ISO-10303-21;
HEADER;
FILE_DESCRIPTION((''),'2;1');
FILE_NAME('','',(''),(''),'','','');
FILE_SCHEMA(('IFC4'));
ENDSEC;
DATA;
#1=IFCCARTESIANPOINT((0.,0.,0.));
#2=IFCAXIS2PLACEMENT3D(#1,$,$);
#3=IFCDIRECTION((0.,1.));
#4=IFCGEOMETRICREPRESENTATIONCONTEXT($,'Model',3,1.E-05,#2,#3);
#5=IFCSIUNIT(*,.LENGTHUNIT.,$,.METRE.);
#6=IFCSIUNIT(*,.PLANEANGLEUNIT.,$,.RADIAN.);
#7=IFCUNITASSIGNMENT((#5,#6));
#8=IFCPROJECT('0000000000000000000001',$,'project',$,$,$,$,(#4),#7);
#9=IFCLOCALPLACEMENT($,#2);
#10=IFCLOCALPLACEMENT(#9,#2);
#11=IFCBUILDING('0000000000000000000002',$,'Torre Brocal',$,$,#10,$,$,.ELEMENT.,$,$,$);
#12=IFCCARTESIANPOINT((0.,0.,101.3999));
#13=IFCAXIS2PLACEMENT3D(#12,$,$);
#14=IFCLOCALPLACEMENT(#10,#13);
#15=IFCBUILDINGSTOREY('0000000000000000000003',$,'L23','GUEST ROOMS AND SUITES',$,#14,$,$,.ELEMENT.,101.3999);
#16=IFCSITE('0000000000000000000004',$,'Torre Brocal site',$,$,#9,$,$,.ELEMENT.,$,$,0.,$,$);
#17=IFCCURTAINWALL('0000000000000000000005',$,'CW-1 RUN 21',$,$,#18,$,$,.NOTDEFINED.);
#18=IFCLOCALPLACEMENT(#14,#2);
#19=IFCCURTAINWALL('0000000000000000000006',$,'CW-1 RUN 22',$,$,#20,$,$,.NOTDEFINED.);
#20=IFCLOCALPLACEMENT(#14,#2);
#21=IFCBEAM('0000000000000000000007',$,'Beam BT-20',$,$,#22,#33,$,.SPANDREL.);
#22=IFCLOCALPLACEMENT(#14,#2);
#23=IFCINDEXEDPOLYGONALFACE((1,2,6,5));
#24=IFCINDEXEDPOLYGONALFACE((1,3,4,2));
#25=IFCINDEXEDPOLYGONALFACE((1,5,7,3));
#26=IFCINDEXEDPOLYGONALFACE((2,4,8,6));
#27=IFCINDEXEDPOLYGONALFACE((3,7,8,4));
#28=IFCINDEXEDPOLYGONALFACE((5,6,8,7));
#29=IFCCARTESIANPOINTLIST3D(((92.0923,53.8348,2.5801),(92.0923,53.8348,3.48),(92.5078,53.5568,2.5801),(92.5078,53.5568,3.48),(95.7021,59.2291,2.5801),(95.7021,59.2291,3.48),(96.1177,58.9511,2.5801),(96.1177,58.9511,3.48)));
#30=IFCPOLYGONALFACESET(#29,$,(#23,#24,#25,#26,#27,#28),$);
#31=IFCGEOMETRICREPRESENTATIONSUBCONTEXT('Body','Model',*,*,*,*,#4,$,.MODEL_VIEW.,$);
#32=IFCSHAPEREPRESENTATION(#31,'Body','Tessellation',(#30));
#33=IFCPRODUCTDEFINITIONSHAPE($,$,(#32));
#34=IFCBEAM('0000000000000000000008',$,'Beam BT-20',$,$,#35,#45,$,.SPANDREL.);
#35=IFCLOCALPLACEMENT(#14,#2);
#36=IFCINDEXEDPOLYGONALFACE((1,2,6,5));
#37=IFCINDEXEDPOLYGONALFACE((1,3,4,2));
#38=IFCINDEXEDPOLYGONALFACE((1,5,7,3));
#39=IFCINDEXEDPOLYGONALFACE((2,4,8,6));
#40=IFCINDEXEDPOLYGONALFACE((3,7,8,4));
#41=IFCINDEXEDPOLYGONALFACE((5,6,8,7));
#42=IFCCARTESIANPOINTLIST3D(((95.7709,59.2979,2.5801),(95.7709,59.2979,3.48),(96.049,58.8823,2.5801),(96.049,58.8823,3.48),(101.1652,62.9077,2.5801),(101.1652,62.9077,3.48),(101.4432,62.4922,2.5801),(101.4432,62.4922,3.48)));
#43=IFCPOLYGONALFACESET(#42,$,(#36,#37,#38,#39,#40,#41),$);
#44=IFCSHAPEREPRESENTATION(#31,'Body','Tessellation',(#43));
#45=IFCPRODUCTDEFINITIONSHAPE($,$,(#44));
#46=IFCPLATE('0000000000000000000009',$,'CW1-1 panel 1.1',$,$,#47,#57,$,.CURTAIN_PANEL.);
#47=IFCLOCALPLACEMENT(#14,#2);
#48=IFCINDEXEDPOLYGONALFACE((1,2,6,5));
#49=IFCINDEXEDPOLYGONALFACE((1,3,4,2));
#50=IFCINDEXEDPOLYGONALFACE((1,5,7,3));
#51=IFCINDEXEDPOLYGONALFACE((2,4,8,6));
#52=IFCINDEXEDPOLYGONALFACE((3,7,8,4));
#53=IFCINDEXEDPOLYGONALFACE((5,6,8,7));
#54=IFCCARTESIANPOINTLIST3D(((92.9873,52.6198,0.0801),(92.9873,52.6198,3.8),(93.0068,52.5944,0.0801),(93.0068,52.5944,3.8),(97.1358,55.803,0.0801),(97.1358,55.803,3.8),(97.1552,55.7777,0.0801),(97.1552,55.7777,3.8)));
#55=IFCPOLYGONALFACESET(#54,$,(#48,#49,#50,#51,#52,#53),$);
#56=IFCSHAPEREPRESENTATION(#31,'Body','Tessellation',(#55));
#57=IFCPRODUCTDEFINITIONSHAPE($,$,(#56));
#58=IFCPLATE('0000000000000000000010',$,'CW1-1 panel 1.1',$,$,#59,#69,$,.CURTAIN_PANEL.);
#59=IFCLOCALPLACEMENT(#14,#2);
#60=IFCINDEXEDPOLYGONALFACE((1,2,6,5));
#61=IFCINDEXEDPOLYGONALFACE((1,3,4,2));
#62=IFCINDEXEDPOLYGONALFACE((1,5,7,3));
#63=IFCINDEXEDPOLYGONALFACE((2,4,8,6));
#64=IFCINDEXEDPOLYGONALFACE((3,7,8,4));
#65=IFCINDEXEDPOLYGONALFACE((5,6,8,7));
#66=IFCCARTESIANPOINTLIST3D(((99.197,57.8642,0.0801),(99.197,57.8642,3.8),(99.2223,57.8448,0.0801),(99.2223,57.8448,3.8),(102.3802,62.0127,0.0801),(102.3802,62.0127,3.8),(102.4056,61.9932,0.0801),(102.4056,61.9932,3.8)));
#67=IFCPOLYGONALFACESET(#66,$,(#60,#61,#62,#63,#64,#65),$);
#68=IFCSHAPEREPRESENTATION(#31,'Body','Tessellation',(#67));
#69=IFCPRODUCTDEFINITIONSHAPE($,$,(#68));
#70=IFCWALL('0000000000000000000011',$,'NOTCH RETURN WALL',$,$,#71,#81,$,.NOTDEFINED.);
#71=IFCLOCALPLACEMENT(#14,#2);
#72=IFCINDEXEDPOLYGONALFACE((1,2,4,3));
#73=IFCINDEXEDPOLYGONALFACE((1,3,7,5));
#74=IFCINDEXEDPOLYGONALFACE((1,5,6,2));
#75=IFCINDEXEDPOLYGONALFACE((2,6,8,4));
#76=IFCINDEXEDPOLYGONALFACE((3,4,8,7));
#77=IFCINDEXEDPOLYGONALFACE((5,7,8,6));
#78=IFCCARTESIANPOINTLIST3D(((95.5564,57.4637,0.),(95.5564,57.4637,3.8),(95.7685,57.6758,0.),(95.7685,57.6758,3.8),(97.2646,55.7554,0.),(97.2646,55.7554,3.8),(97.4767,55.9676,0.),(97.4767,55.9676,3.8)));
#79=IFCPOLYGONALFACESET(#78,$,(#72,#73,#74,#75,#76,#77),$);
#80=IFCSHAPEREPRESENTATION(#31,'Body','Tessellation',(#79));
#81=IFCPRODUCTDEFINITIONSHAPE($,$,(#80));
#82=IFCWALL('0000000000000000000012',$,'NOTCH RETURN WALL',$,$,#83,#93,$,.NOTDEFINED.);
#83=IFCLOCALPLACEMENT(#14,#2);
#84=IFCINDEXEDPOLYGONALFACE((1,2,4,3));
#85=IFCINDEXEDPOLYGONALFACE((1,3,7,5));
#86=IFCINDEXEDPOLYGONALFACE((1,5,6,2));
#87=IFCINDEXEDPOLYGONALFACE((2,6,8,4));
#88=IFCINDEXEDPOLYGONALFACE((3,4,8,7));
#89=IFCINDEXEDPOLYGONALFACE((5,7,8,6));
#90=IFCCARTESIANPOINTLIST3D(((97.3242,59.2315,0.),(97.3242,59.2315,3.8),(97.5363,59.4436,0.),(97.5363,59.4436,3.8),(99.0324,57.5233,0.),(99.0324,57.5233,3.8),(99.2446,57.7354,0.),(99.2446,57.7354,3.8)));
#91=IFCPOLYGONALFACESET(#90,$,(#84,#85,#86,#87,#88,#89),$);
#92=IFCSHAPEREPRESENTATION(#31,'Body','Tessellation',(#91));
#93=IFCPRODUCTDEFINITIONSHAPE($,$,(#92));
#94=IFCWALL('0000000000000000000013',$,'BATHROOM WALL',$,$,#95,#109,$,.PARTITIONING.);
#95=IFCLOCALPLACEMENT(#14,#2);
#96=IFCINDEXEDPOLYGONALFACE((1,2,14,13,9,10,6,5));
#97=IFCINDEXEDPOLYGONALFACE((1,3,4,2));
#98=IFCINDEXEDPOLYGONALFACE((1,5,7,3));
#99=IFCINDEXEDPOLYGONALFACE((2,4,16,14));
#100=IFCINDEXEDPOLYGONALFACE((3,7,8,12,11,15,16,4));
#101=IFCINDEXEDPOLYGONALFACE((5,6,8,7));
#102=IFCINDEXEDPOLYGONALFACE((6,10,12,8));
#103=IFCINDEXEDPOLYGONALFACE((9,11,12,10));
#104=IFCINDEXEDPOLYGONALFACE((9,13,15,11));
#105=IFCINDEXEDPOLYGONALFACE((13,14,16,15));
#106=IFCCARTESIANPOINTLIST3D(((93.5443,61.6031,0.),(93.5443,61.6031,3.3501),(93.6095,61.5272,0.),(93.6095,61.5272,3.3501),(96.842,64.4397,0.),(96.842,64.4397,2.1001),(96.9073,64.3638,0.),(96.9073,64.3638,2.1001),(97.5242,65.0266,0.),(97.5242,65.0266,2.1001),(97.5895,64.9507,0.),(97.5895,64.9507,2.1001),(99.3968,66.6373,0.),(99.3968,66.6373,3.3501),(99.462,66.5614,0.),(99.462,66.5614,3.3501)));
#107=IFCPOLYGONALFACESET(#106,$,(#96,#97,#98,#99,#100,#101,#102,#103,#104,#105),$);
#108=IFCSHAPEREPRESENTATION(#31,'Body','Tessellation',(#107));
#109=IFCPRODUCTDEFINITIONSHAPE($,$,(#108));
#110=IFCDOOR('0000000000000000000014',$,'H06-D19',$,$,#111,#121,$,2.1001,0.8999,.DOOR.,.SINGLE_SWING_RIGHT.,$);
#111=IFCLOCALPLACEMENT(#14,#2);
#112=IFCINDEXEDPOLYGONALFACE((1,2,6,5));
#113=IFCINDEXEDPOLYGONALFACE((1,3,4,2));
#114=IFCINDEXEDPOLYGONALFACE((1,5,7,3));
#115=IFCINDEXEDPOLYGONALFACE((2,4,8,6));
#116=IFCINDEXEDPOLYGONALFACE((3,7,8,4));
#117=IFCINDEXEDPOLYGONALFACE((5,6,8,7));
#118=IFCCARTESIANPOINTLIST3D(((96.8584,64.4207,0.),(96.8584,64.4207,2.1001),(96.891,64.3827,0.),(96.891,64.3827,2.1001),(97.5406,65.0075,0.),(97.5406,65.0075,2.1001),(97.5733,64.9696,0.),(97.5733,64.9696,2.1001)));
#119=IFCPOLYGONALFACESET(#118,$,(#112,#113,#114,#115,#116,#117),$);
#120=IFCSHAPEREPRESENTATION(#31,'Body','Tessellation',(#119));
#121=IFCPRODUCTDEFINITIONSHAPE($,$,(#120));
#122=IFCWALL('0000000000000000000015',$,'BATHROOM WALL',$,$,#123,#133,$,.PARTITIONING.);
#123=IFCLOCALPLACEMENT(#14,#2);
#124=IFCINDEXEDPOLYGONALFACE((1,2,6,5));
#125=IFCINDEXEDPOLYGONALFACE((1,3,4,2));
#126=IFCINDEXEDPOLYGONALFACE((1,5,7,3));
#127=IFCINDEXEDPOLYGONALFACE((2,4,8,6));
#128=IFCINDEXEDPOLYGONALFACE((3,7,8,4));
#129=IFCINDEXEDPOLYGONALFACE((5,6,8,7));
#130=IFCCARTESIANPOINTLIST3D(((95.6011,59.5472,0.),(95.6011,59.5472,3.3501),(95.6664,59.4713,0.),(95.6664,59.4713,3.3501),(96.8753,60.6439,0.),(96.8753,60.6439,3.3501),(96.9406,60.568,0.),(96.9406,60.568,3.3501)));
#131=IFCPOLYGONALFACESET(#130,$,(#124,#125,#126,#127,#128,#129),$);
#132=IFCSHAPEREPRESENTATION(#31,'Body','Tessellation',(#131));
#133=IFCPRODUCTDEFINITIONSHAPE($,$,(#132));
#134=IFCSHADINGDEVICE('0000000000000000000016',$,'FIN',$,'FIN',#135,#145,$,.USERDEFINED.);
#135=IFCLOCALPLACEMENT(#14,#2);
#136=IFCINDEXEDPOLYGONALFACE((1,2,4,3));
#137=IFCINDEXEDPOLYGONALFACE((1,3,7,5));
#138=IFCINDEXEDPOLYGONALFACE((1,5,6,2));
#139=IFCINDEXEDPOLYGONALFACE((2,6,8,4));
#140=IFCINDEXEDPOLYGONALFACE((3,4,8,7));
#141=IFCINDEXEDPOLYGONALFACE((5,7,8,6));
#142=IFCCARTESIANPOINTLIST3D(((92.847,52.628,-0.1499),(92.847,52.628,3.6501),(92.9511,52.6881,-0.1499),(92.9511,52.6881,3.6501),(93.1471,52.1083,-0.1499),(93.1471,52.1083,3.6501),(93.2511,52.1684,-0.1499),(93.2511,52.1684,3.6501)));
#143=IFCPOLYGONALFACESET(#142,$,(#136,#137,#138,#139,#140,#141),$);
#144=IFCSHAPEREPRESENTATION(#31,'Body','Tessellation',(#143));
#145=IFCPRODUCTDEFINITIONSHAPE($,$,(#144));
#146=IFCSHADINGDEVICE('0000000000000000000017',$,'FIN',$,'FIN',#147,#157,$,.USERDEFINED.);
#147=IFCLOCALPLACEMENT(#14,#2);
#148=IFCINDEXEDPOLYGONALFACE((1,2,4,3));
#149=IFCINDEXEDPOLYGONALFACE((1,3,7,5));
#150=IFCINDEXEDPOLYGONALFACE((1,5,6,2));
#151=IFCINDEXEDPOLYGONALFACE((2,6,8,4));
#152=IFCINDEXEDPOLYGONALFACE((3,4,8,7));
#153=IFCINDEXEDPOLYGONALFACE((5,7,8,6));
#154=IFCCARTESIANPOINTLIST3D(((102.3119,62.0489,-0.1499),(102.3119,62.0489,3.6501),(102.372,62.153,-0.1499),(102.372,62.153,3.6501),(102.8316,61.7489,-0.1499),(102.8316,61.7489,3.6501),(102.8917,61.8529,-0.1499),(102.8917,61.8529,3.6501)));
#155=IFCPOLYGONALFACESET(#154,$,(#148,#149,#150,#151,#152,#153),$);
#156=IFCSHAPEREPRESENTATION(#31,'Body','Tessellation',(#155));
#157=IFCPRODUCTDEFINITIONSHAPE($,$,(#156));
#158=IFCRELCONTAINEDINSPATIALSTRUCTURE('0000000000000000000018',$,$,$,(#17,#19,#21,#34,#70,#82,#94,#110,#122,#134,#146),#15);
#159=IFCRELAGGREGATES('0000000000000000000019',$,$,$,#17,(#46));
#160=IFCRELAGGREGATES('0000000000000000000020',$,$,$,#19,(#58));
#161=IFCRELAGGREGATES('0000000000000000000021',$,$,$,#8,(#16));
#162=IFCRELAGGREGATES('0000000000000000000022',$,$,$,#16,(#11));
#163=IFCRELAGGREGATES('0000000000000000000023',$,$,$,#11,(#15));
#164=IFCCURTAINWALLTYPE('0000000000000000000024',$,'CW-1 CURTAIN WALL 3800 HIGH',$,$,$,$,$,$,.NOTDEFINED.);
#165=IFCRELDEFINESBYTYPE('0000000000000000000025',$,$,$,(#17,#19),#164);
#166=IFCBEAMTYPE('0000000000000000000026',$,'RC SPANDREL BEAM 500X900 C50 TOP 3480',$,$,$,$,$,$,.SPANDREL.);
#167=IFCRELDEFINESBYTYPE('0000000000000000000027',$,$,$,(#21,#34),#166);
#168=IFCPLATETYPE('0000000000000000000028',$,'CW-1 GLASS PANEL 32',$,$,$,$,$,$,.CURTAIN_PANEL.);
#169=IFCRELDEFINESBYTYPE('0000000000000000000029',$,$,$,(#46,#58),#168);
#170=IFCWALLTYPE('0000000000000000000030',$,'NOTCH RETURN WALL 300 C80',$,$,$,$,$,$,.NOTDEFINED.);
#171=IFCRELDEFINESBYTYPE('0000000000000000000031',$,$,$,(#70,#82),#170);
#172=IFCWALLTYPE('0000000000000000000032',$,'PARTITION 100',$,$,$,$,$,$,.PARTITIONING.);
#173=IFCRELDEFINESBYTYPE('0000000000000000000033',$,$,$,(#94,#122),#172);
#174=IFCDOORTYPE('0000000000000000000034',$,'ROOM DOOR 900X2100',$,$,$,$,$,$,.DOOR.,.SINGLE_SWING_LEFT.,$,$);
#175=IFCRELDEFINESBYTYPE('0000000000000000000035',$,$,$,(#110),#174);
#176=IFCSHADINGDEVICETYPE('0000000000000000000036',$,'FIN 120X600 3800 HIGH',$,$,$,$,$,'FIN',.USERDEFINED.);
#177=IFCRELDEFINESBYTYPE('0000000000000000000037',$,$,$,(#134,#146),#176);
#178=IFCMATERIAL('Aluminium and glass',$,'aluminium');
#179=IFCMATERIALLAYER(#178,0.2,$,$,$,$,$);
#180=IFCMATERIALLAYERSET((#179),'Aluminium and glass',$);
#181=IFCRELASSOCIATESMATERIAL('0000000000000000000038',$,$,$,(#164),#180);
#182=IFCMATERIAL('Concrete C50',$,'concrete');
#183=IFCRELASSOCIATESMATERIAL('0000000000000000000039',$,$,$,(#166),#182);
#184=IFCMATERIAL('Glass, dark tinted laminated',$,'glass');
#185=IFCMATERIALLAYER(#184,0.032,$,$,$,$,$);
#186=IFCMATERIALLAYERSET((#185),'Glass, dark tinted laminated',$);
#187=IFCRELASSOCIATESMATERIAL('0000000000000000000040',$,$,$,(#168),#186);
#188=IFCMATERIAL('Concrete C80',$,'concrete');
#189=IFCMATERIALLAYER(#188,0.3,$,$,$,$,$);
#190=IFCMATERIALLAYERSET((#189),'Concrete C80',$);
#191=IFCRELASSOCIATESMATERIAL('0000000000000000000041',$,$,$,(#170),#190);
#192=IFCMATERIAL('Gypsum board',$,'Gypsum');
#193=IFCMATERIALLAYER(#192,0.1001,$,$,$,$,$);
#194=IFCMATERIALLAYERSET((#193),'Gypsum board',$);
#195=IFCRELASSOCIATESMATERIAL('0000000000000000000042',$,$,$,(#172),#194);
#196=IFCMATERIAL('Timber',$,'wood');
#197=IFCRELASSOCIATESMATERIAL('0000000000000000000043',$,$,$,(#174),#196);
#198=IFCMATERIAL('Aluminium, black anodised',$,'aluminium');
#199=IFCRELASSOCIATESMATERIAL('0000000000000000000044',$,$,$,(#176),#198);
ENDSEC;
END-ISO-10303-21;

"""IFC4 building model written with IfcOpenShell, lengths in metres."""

from ifc_helpers import new_model, si_unit, direction, frame, frame_2d, origin, origin_2d, place, context, subcontext, project, spatial, rectangle, extrude, material, layer, layer_set, material_profile, profile_set, type_object, element, fill, aggregate, save


model = new_model("IFC4")

# Units and contexts
model_context = context("Model", 3, precision=1e-05, world=origin(), true_north=direction((0.0, 1.0)))
body_context = subcontext(model_context, "Body", "Model", "MODEL_VIEW")
ifc_project = project(units=[si_unit("LENGTHUNIT", "METRE"), si_unit("PLANEANGLEUNIT", "RADIAN")], contexts=[model_context])

# Site, building, storey
site_placement = place(None, origin())
site = spatial("IfcSite", under=ifc_project, at=site_placement, Name="Torre Brocal site", CompositionType="ELEMENT", RefElevation=0.0)
building_placement = place(site_placement, origin())
building = spatial("IfcBuilding", under=site, at=building_placement, Name="Torre Brocal", CompositionType="ELEMENT")
storey_placement = place(building_placement, frame((0.0, 0.0, 101.3999)))
storey = spatial("IfcBuildingStorey", under=building, at=storey_placement, Name="L23", Description="GUEST ROOMS AND SUITES", CompositionType="ELEMENT", Elevation=101.3999)

# Shared definitions
ifc_material_1 = material(Name="Aluminium and glass", Category="aluminium")
ifc_layer_1 = layer(ifc_material_1, 0.2)
ifc_layer_set_1 = layer_set([ifc_layer_1], Name="Aluminium and glass")
curtain_wall_type = type_object("IfcCurtainWallType", Name="CW-1 CURTAIN WALL 3800 HIGH", PredefinedType="NOTDEFINED", material=ifc_layer_set_1)

# Curtain walls
curtain_wall_1_placement = place(storey_placement, origin())
curtain_wall_1 = element("IfcCurtainWall", 1, at=curtain_wall_1_placement, inside=storey, type_object=curtain_wall_type, Name="CW-1 RUN 21", PredefinedType="NOTDEFINED")
curtain_wall_2_placement = place(storey_placement, origin())
curtain_wall_2 = element("IfcCurtainWall", 2, at=curtain_wall_2_placement, inside=storey, type_object=curtain_wall_type, Name="CW-1 RUN 22", PredefinedType="NOTDEFINED")

# Beams
ifc_material_2 = material(Name="Concrete C50", Category="concrete")
ifc_material_profile_1 = material_profile(ifc_material_2, rectangle(XDim=0.5, YDim=0.8999, at=origin_2d()), Name="RC 500X900")
ifc_profile_set_1 = profile_set([ifc_material_profile_1], Name="Concrete C50")
beam_type_1 = type_object("IfcBeamType", Name="RC SPANDREL BEAM 500X900 C50 TOP 3480", PredefinedType="SPANDREL", material=ifc_profile_set_1)
for number, where, z_axis, x_axis, name in (
    (3, (92.3, 53.6958, 3.03), (0.556158, 0.831077, 0.0), (-0.831077, 0.556158, 0.0), "Beam BT-20"),
    (4, (95.9099, 59.0901, 3.03), (0.831077, 0.556158, 0.0), (-0.556158, 0.831077, 0.0), "Beam BT-20"),
):
    element("IfcBeam", number, at=place(storey_placement, frame(where, z_axis=z_axis, x_axis=x_axis)), inside=storey, type_object=beam_type_1, Name=name, PredefinedType="SPANDREL", context=body_context, shape_type="SweptSolid", body=[
        extrude(rectangle(XDim=0.5, YDim=0.8999, at=origin_2d()), origin(), (0.0, 0.0, 1.0), 6.4907),
    ])

# Plates
ifc_material_3 = material(Name="Glass, dark tinted laminated", Category="glass")
ifc_layer_2 = layer(ifc_material_3, 0.032)
ifc_layer_set_2 = layer_set([ifc_layer_2], Name="Glass, dark tinted laminated")
plate_type = type_object("IfcPlateType", Name="CW-1 GLASS PANEL 32", PredefinedType="CURTAIN_PANEL", material=ifc_layer_set_2)
plate_1_placement = place(storey_placement, frame((95.0713, 54.1987, 0.0801), z_axis=(0.0, 0.0, 1.0), x_axis=(0.793353, 0.608761, 0.0)))
plate_1 = element("IfcPlate", 5, at=plate_1_placement, type_object=plate_type, Name="CW1-1 panel 1.1", PredefinedType="CURTAIN_PANEL", context=body_context, shape_type="SweptSolid", body=[
    extrude(rectangle(XDim=5.229, YDim=0.032, at=origin_2d()), origin(), (0.0, 0.0, 1.0), 3.72),
])
aggregate(curtain_wall_1, [plate_1])
plate_2_placement = place(storey_placement, frame((100.8013, 59.9287, 0.0801), z_axis=(0.0, 0.0, 1.0), x_axis=(0.608761, 0.793353, 0.0)))
plate_2 = element("IfcPlate", 6, at=plate_2_placement, type_object=plate_type, Name="CW1-1 panel 1.1", PredefinedType="CURTAIN_PANEL", context=body_context, shape_type="SweptSolid", body=[
    extrude(rectangle(XDim=5.229, YDim=0.032, at=origin_2d()), origin(), (0.0, 0.0, 1.0), 3.72),
])
aggregate(curtain_wall_2, [plate_2])

# Walls
ifc_material_4 = material(Name="Concrete C80", Category="concrete")
ifc_layer_3 = layer(ifc_material_4, 0.3)
ifc_layer_set_3 = layer_set([ifc_layer_3], Name="Concrete C80")
wall_type_1 = type_object("IfcWallType", Name="NOTCH RETURN WALL 300 C80", PredefinedType="NOTDEFINED", material=ifc_layer_set_3)
for number, where, z_axis, x_axis, name in (
    (7, (95.6624, 57.5698, 0.0), (0.0, 0.0, 1.0), (0.707107, -0.707107, 0.0), "NOTCH RETURN WALL"),
    (8, (97.4302, 59.3376, 0.0), (0.0, 0.0, 1.0), (0.707107, -0.707107, 0.0), "NOTCH RETURN WALL"),
):
    element("IfcWall", number, at=place(storey_placement, frame(where, z_axis=z_axis, x_axis=x_axis)), inside=storey, type_object=wall_type_1, Name=name, PredefinedType="NOTDEFINED", context=body_context, shape_type="SweptSolid", body=[
        extrude(rectangle(XDim=2.4158, YDim=0.3, at=frame_2d((1.208, 0.0))), origin(), (0.0, 0.0, 1.0), 3.8),
    ])

# Wall, opening, door
ifc_material_5 = material(Name="Gypsum board", Category="Gypsum")
ifc_layer_4 = layer(ifc_material_5, 0.1001)
ifc_layer_set_4 = layer_set([ifc_layer_4], Name="Gypsum board")
wall_type_2 = type_object("IfcWallType", Name="PARTITION 100", PredefinedType="PARTITIONING", material=ifc_layer_set_4)
wall_1_placement = place(storey_placement, frame((93.5769, 61.5652, 0.0), z_axis=(0.0, 0.0, 1.0), x_axis=(0.758121, 0.652113, 0.0)))
wall_1 = element("IfcWall", 9, at=wall_1_placement, inside=storey, type_object=wall_type_2, Name="BATHROOM WALL", PredefinedType="PARTITIONING", context=body_context, shape_type="SweptSolid", body=[
    extrude(rectangle(XDim=7.7197, YDim=0.1001, at=frame_2d((3.8599, 0.0))), origin(), (0.0, 0.0, 1.0), 3.3501),
])
opening_placement = place(wall_1_placement, frame((4.3499, 0.0, 0.0)))
opening = element("IfcOpeningElement", 10, at=opening_placement, cuts=wall_1, PredefinedType="OPENING", context=body_context, shape_type="SweptSolid", body=[
    extrude(rectangle(XDim=0.8999, YDim=2.1001, at=frame_2d((0.45, 1.05))), frame((0.0, 0.0601, 0.0), z_axis=(0.0, -1.0, 0.0), x_axis=(1.0, 0.0, 0.0)), (0.0, 0.0, 1.0), 0.1201),
])
ifc_material_6 = material(Name="Timber", Category="wood")
door_type = type_object("IfcDoorType", Name="ROOM DOOR 900X2100", OperationType="SINGLE_SWING_LEFT", PredefinedType="DOOR", material=ifc_material_6)
door_placement = place(opening_placement, origin())
door = element("IfcDoor", 11, at=door_placement, inside=storey, type_object=door_type, Name="H06-D19", OperationType="SINGLE_SWING_RIGHT", OverallHeight=2.1001, OverallWidth=0.8999, PredefinedType="DOOR", context=body_context, shape_type="SweptSolid", body=[
    extrude(rectangle(XDim=0.8999, YDim=2.1001, at=frame_2d((0.45, 1.05))), frame((0.0, 0.0249, 0.0), z_axis=(0.0, -1.0, 0.0), x_axis=(1.0, 0.0, 0.0)), (0.0, 0.0, 1.0), 0.05),
])
fill(opening, door)

# Wall
wall_2_placement = place(storey_placement, frame((95.6338, 59.5093, 0.0), z_axis=(0.0, 0.0, 1.0), x_axis=(0.757922, 0.652345, 0.0)))
element("IfcWall", 12, at=wall_2_placement, inside=storey, type_object=wall_type_2, Name="BATHROOM WALL", PredefinedType="PARTITIONING", context=body_context, shape_type="SweptSolid", body=[
    extrude(rectangle(XDim=1.6812, YDim=0.1001, at=frame_2d((0.8406, 0.0))), origin(), (0.0, 0.0, 1.0), 3.3501),
])

# Shading devices
ifc_material_7 = material(Name="Aluminium, black anodised", Category="aluminium")
ifc_material_profile_2 = material_profile(ifc_material_7, rectangle(XDim=0.1201, YDim=0.6001, at=origin_2d()), Name="FIN 120X600 3800 HIGH")
ifc_profile_set_2 = profile_set([ifc_material_profile_2], Name="Aluminium, black anodised")
shading_device_type = type_object("IfcShadingDeviceType", Name="FIN 120X600 3800 HIGH", ElementType="FIN", PredefinedType="USERDEFINED", material=ifc_profile_set_2)
for number, where, z_axis, x_axis, name in (
    (13, (93.0491, 52.3982, -0.1499), (0.0, 0.0, 1.0), (0.866025, 0.5, 0.0), "FIN"),
    (14, (102.6018, 61.9509, -0.1499), (0.0, 0.0, 1.0), (0.5, 0.866025, 0.0), "FIN"),
):
    element("IfcShadingDevice", number, at=place(storey_placement, frame(where, z_axis=z_axis, x_axis=x_axis)), inside=storey, type_object=shading_device_type, Name=name, ObjectType="FIN", PredefinedType="USERDEFINED", context=body_context, shape_type="SweptSolid", body=[
        extrude(rectangle(XDim=0.1201, YDim=0.6001, at=origin_2d()), origin(), (0.0, 0.0, 1.0), 3.8),
    ])

save(model, "model.ifc")
